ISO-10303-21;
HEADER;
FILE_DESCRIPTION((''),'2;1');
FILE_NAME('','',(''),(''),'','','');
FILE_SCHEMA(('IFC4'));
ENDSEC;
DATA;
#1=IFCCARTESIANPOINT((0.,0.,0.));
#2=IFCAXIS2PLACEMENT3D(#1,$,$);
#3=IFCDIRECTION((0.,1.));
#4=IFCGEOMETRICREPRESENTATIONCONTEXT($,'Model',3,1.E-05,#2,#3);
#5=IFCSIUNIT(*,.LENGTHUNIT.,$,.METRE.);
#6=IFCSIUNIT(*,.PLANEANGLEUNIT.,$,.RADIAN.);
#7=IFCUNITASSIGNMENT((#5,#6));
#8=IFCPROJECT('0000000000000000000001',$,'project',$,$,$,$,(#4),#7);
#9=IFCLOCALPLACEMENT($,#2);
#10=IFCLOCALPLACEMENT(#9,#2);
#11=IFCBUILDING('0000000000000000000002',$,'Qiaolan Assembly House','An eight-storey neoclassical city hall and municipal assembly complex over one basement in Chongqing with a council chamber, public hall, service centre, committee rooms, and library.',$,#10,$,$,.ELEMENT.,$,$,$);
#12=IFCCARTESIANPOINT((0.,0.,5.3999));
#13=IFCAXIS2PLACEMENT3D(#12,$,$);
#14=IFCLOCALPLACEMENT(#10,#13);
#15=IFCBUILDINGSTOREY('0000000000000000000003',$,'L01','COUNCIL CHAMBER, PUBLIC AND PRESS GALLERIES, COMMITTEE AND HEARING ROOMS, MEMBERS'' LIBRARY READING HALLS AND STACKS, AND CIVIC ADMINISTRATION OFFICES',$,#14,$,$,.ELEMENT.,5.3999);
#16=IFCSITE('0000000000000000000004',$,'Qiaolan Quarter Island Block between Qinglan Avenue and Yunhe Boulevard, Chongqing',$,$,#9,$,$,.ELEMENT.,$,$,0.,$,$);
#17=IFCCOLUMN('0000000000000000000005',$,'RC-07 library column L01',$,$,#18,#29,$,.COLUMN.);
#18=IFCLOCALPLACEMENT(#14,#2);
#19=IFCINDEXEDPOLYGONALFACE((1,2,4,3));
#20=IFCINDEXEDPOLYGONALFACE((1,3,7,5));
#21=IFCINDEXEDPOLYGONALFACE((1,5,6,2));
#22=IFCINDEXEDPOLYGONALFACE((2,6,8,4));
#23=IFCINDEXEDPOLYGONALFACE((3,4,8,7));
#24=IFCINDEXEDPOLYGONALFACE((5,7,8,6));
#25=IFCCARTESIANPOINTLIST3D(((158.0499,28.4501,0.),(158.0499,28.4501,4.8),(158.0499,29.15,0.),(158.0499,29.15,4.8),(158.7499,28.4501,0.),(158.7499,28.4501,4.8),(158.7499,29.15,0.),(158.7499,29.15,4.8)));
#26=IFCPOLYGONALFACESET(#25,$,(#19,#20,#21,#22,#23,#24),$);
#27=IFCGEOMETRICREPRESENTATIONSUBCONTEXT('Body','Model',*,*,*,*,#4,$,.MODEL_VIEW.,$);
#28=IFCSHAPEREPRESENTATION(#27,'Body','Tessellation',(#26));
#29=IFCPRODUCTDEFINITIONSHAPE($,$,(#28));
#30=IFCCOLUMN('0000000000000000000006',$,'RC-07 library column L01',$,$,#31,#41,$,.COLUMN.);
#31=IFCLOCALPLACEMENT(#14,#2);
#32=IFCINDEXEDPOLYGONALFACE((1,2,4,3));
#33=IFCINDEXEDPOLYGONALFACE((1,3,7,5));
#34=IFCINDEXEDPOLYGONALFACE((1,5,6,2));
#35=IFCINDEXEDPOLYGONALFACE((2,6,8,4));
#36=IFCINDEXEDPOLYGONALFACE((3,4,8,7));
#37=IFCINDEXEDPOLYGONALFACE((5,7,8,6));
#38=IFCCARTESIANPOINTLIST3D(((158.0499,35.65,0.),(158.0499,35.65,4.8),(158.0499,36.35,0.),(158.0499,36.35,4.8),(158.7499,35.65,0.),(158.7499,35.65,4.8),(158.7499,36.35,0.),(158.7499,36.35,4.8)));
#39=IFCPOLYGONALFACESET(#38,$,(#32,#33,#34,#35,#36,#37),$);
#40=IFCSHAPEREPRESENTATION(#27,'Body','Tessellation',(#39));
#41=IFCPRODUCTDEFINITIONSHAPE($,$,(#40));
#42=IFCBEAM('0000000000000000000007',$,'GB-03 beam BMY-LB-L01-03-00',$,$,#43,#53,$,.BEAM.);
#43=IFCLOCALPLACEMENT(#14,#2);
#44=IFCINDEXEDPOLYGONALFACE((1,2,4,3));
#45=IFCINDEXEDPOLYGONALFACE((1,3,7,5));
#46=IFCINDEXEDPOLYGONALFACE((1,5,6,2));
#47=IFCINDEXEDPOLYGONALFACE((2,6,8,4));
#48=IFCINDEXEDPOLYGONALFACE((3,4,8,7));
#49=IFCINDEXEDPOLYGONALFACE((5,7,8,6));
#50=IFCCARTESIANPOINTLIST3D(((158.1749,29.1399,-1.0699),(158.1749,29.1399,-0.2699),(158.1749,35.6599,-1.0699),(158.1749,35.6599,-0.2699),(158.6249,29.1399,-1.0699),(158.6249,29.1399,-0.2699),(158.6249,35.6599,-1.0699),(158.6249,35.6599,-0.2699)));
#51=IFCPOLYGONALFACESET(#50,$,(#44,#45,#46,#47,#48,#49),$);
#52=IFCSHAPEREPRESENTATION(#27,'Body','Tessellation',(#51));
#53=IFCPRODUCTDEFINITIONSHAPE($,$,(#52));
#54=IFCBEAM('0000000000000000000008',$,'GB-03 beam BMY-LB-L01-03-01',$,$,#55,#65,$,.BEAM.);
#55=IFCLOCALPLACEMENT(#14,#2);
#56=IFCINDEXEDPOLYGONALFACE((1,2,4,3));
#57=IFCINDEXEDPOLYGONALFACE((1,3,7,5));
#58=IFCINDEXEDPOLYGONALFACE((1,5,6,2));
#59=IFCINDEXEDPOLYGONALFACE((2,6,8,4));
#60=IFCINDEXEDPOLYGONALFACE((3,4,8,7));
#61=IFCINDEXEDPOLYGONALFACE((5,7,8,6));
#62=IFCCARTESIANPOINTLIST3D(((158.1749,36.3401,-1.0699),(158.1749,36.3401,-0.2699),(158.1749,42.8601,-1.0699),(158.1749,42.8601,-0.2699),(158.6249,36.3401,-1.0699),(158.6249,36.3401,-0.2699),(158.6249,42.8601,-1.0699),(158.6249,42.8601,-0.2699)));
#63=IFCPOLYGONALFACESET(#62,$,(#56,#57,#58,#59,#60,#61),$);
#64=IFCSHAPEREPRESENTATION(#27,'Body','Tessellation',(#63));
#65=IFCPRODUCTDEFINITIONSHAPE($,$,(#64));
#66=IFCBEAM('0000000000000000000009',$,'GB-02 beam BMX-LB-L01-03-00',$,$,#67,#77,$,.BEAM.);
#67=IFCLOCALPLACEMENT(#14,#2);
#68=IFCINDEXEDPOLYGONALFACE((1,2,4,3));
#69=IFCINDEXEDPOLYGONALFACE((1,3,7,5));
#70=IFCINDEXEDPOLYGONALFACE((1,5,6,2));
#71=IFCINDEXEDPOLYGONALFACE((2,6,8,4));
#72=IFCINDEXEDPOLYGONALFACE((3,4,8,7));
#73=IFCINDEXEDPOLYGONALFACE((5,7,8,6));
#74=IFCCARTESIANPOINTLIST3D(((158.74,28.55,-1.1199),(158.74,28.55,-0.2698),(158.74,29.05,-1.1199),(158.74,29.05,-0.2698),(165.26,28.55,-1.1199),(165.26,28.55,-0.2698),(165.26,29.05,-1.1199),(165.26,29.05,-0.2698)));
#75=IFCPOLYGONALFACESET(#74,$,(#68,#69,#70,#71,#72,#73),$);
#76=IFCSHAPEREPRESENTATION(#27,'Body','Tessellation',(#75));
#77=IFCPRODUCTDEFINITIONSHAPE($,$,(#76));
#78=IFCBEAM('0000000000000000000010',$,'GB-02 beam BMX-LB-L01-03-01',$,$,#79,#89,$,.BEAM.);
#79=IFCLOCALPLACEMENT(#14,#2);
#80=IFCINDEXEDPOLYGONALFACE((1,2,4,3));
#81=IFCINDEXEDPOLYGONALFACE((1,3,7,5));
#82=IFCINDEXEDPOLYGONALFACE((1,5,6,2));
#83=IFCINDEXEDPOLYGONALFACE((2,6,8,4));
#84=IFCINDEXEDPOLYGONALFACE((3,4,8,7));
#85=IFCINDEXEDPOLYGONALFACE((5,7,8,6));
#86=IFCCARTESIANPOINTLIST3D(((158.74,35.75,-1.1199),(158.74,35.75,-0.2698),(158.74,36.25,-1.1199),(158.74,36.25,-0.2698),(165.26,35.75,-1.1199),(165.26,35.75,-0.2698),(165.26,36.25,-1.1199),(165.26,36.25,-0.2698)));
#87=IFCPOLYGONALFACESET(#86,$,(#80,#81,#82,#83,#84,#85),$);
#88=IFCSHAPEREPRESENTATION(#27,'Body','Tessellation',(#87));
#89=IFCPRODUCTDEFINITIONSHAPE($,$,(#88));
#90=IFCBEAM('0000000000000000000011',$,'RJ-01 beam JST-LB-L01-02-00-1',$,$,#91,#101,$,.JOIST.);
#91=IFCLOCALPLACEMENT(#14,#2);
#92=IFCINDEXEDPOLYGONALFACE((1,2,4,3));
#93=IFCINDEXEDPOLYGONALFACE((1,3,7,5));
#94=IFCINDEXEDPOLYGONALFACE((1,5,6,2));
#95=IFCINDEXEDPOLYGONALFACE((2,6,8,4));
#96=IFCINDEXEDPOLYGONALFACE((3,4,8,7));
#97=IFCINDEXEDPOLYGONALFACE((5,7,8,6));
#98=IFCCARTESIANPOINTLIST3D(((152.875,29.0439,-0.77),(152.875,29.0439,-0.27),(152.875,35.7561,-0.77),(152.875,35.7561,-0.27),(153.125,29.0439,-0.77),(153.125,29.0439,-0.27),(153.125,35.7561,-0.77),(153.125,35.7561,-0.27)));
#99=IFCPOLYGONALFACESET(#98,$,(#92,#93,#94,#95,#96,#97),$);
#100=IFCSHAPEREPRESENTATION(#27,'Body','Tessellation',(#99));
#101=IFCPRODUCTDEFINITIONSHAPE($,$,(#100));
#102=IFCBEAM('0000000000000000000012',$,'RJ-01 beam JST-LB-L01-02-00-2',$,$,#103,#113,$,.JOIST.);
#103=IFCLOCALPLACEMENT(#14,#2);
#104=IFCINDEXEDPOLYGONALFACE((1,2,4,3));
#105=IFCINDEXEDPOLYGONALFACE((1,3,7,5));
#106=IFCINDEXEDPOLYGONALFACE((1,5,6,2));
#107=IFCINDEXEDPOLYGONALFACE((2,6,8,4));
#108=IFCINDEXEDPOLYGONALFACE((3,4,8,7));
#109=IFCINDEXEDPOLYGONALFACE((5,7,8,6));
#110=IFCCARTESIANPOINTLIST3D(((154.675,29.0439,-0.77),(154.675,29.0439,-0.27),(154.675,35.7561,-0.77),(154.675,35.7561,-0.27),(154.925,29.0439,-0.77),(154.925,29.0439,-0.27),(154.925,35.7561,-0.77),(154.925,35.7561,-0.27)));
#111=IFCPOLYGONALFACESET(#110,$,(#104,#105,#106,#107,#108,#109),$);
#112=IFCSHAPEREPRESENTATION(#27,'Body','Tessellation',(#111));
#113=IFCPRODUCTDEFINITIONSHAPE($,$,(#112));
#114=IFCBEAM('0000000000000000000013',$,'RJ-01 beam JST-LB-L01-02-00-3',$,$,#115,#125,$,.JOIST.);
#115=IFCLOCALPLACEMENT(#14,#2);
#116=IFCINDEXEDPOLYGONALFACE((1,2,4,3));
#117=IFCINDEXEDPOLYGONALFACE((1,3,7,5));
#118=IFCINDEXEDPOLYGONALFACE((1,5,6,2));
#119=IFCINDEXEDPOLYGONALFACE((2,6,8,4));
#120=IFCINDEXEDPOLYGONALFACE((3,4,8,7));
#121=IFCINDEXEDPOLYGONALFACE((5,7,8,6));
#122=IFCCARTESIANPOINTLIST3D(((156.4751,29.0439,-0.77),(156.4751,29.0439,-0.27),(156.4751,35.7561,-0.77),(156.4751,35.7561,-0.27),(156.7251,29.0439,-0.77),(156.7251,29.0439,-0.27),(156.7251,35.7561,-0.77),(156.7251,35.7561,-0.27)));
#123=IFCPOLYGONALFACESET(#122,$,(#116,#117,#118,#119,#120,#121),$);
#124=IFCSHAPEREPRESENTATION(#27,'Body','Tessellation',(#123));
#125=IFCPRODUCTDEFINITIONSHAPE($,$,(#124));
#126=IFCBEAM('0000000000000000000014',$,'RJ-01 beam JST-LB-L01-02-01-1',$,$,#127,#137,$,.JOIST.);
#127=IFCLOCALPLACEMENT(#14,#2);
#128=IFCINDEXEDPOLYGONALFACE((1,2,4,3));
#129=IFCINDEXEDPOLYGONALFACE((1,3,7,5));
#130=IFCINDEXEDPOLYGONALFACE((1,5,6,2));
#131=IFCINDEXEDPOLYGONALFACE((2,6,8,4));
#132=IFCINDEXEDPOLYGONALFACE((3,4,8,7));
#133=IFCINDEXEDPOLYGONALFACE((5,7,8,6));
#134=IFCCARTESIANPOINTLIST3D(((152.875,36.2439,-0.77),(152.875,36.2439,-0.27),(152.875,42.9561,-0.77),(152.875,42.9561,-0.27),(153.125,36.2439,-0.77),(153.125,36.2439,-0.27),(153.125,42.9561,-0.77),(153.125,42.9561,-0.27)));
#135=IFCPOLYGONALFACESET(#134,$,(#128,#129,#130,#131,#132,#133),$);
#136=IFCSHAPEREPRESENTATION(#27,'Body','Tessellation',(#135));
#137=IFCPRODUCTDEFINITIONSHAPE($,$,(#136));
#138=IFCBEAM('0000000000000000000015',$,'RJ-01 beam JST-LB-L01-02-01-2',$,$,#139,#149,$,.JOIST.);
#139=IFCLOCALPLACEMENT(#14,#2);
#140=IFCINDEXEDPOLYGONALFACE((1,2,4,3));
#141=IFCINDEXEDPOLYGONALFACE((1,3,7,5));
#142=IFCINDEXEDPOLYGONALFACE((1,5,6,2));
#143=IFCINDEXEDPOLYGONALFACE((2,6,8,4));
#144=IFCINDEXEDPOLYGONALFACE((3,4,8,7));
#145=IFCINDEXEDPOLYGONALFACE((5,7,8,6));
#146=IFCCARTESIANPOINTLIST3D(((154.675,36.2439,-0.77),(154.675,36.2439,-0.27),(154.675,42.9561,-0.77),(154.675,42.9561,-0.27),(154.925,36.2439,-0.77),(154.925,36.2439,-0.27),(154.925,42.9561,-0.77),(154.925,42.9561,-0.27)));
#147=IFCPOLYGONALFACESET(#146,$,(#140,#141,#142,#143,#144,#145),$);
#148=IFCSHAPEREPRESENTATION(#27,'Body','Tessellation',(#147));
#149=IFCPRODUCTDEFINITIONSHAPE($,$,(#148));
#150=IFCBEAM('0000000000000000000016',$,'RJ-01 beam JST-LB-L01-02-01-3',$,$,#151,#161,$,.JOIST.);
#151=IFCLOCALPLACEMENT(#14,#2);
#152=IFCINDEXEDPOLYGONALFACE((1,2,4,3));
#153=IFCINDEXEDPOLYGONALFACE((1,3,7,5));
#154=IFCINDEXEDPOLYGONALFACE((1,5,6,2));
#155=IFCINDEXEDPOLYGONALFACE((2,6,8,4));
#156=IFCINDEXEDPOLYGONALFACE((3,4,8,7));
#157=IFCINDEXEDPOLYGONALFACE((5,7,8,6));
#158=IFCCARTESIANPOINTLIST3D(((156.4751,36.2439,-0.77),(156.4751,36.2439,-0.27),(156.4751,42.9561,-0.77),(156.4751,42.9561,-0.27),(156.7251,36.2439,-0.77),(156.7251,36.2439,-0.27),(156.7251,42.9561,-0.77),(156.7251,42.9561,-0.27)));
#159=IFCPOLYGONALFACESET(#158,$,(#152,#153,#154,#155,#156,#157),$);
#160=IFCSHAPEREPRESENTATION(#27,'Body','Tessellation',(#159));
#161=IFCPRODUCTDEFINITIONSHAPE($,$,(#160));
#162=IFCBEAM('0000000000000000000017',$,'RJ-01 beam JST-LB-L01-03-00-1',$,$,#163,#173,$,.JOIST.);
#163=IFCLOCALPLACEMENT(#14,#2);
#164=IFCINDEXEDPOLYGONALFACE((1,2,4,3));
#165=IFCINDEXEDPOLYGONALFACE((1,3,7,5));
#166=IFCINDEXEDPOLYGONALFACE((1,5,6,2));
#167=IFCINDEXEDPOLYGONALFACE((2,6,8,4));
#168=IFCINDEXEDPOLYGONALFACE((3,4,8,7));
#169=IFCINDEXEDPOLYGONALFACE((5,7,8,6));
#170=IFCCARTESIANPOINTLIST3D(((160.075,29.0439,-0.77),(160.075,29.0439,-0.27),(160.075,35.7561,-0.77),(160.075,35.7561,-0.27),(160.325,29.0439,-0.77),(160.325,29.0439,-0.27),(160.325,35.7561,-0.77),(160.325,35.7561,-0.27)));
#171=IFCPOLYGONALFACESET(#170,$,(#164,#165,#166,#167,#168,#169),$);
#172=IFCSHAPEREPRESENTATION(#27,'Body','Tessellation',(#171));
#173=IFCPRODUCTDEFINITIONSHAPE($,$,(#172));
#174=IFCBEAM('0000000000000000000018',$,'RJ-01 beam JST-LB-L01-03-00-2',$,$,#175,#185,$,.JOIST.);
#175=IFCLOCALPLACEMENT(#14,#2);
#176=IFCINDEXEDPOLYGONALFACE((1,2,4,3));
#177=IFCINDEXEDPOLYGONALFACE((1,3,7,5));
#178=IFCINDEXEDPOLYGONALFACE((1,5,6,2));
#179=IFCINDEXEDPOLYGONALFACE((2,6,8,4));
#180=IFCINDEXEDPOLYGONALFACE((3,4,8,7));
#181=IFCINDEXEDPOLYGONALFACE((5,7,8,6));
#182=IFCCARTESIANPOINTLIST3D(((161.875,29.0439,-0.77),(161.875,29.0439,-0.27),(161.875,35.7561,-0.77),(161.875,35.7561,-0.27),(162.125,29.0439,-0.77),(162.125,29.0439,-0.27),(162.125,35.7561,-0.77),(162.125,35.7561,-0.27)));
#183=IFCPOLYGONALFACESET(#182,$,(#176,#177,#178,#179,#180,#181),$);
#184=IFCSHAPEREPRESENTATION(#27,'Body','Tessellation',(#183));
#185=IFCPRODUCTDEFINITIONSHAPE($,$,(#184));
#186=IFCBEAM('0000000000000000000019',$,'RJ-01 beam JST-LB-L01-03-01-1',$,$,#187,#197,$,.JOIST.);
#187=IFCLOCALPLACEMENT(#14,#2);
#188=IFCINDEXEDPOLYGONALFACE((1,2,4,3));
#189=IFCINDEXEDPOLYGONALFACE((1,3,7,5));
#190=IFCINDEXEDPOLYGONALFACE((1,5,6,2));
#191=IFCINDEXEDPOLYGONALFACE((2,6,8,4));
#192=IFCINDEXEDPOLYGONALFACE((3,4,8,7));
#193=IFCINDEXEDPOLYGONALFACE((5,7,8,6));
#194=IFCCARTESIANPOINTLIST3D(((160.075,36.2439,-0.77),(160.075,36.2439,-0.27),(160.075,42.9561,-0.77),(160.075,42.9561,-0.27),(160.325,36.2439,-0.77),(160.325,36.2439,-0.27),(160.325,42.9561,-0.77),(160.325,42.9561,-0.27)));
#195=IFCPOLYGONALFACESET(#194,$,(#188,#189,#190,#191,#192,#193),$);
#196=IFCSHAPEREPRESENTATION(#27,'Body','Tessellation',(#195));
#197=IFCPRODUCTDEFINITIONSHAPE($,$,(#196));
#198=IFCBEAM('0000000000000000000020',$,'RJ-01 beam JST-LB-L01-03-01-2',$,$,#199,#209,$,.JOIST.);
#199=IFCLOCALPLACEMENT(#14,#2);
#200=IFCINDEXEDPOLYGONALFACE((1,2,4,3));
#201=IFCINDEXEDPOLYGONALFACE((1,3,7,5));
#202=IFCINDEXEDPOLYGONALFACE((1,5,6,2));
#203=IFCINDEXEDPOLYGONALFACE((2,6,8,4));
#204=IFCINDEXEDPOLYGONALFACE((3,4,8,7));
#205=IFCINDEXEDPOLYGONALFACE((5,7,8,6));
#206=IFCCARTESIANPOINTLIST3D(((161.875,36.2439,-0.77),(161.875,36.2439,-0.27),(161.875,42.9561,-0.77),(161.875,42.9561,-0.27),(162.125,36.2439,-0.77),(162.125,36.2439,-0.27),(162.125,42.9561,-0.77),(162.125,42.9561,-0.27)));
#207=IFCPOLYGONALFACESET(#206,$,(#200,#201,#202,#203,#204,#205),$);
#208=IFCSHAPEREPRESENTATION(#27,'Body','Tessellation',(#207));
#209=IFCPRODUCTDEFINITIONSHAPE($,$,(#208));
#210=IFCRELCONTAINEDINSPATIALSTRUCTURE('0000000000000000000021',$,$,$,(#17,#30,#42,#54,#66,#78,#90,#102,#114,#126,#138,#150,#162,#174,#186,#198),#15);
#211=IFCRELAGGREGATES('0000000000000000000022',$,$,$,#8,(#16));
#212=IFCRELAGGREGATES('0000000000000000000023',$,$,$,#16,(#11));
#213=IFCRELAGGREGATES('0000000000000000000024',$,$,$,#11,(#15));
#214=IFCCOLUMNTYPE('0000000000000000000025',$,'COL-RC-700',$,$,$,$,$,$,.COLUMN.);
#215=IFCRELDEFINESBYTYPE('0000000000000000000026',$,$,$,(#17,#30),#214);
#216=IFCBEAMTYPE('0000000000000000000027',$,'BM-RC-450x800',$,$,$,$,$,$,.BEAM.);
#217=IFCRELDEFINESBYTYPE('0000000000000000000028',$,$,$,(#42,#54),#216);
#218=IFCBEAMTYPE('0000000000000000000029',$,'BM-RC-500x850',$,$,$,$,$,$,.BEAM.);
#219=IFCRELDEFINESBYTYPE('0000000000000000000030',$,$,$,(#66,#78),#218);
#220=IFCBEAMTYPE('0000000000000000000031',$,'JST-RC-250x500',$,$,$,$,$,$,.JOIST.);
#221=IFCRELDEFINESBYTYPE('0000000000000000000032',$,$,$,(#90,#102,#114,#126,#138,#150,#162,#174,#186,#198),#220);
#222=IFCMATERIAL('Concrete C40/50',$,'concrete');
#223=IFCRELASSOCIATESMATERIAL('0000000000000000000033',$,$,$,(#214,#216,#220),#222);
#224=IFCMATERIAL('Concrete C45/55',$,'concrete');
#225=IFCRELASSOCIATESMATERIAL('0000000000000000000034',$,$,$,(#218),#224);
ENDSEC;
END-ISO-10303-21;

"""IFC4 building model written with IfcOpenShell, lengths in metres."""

from ifc_helpers import new_model, si_unit, direction, frame, origin, origin_2d, place, context, subcontext, project, spatial, rectangle, extrude, material, material_profile, profile_set, type_object, element, save


model = new_model("IFC4")

# Units and contexts
model_context = context("Model", 3, precision=1e-05, world=origin(), true_north=direction((0.0, 1.0)))
body_context = subcontext(model_context, "Body", "Model", "MODEL_VIEW")
ifc_project = project(units=[si_unit("LENGTHUNIT", "METRE"), si_unit("PLANEANGLEUNIT", "RADIAN")], contexts=[model_context])

# Site, building, storey
site_placement = place(None, origin())
site = spatial("IfcSite", under=ifc_project, at=site_placement, Name="Qiaolan Quarter Island Block between Qinglan Avenue and Yunhe Boulevard, Chongqing", CompositionType="ELEMENT", RefElevation=0.0)
building_placement = place(site_placement, origin())
building = spatial("IfcBuilding", under=site, at=building_placement, Name="Qiaolan Assembly House", Description="An eight-storey neoclassical city hall and municipal assembly complex over one basement in Chongqing with a council chamber, public hall, service centre, committee rooms, and library.", CompositionType="ELEMENT")
storey_placement = place(building_placement, frame((0.0, 0.0, 5.3999)))
storey = spatial("IfcBuildingStorey", under=building, at=storey_placement, Name="L01", Description="COUNCIL CHAMBER, PUBLIC AND PRESS GALLERIES, COMMITTEE AND HEARING ROOMS, MEMBERS' LIBRARY READING HALLS AND STACKS, AND CIVIC ADMINISTRATION OFFICES", CompositionType="ELEMENT", Elevation=5.3999)

# Columns
ifc_material_1 = material(Name="Concrete C40/50", Category="concrete")
ifc_material_profile_1 = material_profile(ifc_material_1, rectangle(XDim=0.7, YDim=0.7, at=origin_2d()), Name="RC 700x700")
ifc_profile_set_1 = profile_set([ifc_material_profile_1], Name="Concrete C40/50")
column_type = type_object("IfcColumnType", Name="COL-RC-700", PredefinedType="COLUMN", material=ifc_profile_set_1)
for number, where, z_axis, x_axis, name in (
    (1, (158.3999, 28.8, 0.0), (0.0, 0.0, 1.0), (1.0, 0.0, 0.0), "RC-07 library column L01"),
    (2, (158.3999, 36.0, 0.0), (0.0, 0.0, 1.0), (1.0, 0.0, 0.0), "RC-07 library column L01"),
):
    element("IfcColumn", number, at=place(storey_placement, frame(where, z_axis=z_axis, x_axis=x_axis)), inside=storey, type_object=column_type, Name=name, PredefinedType="COLUMN", context=body_context, shape_type="SweptSolid", body=[
        extrude(rectangle(XDim=0.7, YDim=0.7, at=origin_2d()), origin(), (0.0, 0.0, 1.0), 4.8),
    ])

# Beams
ifc_material_profile_2 = material_profile(ifc_material_1, rectangle(XDim=0.45, YDim=0.8, at=origin_2d()), Name="RCB 450x800")
ifc_profile_set_2 = profile_set([ifc_material_profile_2], Name="Concrete C40/50")
beam_type_1 = type_object("IfcBeamType", Name="BM-RC-450x800", PredefinedType="BEAM", material=ifc_profile_set_2)
for number, where, z_axis, x_axis, name in (
    (3, (158.3999, 29.1399, -0.6699), (0.0, 1.0, 0.0), (-1.0, 0.0, 0.0), "GB-03 beam BMY-LB-L01-03-00"),
    (4, (158.3999, 36.3401, -0.6699), (0.0, 1.0, 0.0), (-1.0, 0.0, 0.0), "GB-03 beam BMY-LB-L01-03-01"),
):
    element("IfcBeam", number, at=place(storey_placement, frame(where, z_axis=z_axis, x_axis=x_axis)), inside=storey, type_object=beam_type_1, Name=name, PredefinedType="BEAM", context=body_context, shape_type="SweptSolid", body=[
        extrude(rectangle(XDim=0.45, YDim=0.8, at=origin_2d()), origin(), (0.0, 0.0, 1.0), 6.52),
    ])
ifc_material_2 = material(Name="Concrete C45/55", Category="concrete")
ifc_material_profile_3 = material_profile(ifc_material_2, rectangle(XDim=0.5, YDim=0.8501, at=origin_2d()), Name="RCB 500x850")
ifc_profile_set_3 = profile_set([ifc_material_profile_3], Name="Concrete C45/55")
beam_type_2 = type_object("IfcBeamType", Name="BM-RC-500x850", PredefinedType="BEAM", material=ifc_profile_set_3)
for number, where, z_axis, x_axis, name in (
    (5, (158.74, 28.8, -0.6948), (1.0, 0.0, 0.0), (0.0, 1.0, 0.0), "GB-02 beam BMX-LB-L01-03-00"),
    (6, (158.74, 36.0, -0.6948), (1.0, 0.0, 0.0), (0.0, 1.0, 0.0), "GB-02 beam BMX-LB-L01-03-01"),
):
    element("IfcBeam", number, at=place(storey_placement, frame(where, z_axis=z_axis, x_axis=x_axis)), inside=storey, type_object=beam_type_2, Name=name, PredefinedType="BEAM", context=body_context, shape_type="SweptSolid", body=[
        extrude(rectangle(XDim=0.5, YDim=0.8501, at=origin_2d()), origin(), (0.0, 0.0, 1.0), 6.52),
    ])
ifc_material_profile_4 = material_profile(ifc_material_1, rectangle(XDim=0.25, YDim=0.5, at=origin_2d()), Name="RCB 250x500")
ifc_profile_set_4 = profile_set([ifc_material_profile_4], Name="Concrete C40/50")
beam_type_3 = type_object("IfcBeamType", Name="JST-RC-250x500", PredefinedType="JOIST", material=ifc_profile_set_4)
for number, where, z_axis, x_axis, name in (
    (7, (153.0, 29.0439, -0.52), (0.0, 1.0, 0.0), (-1.0, 0.0, 0.0), "RJ-01 beam JST-LB-L01-02-00-1"),
    (8, (154.8, 29.0439, -0.52), (0.0, 1.0, 0.0), (-1.0, 0.0, 0.0), "RJ-01 beam JST-LB-L01-02-00-2"),
    (9, (156.6001, 29.0439, -0.52), (0.0, 1.0, 0.0), (-1.0, 0.0, 0.0), "RJ-01 beam JST-LB-L01-02-00-3"),
    (10, (153.0, 36.2439, -0.52), (0.0, 1.0, 0.0), (-1.0, 0.0, 0.0), "RJ-01 beam JST-LB-L01-02-01-1"),
    (11, (154.8, 36.2439, -0.52), (0.0, 1.0, 0.0), (-1.0, 0.0, 0.0), "RJ-01 beam JST-LB-L01-02-01-2"),
    (12, (156.6001, 36.2439, -0.52), (0.0, 1.0, 0.0), (-1.0, 0.0, 0.0), "RJ-01 beam JST-LB-L01-02-01-3"),
    (13, (160.2, 29.0439, -0.52), (0.0, 1.0, 0.0), (-1.0, 0.0, 0.0), "RJ-01 beam JST-LB-L01-03-00-1"),
    (14, (162.0, 29.0439, -0.52), (0.0, 1.0, 0.0), (-1.0, 0.0, 0.0), "RJ-01 beam JST-LB-L01-03-00-2"),
    (15, (160.2, 36.2439, -0.52), (0.0, 1.0, 0.0), (-1.0, 0.0, 0.0), "RJ-01 beam JST-LB-L01-03-01-1"),
    (16, (162.0, 36.2439, -0.52), (0.0, 1.0, 0.0), (-1.0, 0.0, 0.0), "RJ-01 beam JST-LB-L01-03-01-2"),
):
    element("IfcBeam", number, at=place(storey_placement, frame(where, z_axis=z_axis, x_axis=x_axis)), inside=storey, type_object=beam_type_3, Name=name, PredefinedType="JOIST", context=body_context, shape_type="SweptSolid", body=[
        extrude(rectangle(XDim=0.25, YDim=0.5, at=origin_2d()), origin(), (0.0, 0.0, 1.0), 6.7122),
    ])

save(model, "model.ifc")
